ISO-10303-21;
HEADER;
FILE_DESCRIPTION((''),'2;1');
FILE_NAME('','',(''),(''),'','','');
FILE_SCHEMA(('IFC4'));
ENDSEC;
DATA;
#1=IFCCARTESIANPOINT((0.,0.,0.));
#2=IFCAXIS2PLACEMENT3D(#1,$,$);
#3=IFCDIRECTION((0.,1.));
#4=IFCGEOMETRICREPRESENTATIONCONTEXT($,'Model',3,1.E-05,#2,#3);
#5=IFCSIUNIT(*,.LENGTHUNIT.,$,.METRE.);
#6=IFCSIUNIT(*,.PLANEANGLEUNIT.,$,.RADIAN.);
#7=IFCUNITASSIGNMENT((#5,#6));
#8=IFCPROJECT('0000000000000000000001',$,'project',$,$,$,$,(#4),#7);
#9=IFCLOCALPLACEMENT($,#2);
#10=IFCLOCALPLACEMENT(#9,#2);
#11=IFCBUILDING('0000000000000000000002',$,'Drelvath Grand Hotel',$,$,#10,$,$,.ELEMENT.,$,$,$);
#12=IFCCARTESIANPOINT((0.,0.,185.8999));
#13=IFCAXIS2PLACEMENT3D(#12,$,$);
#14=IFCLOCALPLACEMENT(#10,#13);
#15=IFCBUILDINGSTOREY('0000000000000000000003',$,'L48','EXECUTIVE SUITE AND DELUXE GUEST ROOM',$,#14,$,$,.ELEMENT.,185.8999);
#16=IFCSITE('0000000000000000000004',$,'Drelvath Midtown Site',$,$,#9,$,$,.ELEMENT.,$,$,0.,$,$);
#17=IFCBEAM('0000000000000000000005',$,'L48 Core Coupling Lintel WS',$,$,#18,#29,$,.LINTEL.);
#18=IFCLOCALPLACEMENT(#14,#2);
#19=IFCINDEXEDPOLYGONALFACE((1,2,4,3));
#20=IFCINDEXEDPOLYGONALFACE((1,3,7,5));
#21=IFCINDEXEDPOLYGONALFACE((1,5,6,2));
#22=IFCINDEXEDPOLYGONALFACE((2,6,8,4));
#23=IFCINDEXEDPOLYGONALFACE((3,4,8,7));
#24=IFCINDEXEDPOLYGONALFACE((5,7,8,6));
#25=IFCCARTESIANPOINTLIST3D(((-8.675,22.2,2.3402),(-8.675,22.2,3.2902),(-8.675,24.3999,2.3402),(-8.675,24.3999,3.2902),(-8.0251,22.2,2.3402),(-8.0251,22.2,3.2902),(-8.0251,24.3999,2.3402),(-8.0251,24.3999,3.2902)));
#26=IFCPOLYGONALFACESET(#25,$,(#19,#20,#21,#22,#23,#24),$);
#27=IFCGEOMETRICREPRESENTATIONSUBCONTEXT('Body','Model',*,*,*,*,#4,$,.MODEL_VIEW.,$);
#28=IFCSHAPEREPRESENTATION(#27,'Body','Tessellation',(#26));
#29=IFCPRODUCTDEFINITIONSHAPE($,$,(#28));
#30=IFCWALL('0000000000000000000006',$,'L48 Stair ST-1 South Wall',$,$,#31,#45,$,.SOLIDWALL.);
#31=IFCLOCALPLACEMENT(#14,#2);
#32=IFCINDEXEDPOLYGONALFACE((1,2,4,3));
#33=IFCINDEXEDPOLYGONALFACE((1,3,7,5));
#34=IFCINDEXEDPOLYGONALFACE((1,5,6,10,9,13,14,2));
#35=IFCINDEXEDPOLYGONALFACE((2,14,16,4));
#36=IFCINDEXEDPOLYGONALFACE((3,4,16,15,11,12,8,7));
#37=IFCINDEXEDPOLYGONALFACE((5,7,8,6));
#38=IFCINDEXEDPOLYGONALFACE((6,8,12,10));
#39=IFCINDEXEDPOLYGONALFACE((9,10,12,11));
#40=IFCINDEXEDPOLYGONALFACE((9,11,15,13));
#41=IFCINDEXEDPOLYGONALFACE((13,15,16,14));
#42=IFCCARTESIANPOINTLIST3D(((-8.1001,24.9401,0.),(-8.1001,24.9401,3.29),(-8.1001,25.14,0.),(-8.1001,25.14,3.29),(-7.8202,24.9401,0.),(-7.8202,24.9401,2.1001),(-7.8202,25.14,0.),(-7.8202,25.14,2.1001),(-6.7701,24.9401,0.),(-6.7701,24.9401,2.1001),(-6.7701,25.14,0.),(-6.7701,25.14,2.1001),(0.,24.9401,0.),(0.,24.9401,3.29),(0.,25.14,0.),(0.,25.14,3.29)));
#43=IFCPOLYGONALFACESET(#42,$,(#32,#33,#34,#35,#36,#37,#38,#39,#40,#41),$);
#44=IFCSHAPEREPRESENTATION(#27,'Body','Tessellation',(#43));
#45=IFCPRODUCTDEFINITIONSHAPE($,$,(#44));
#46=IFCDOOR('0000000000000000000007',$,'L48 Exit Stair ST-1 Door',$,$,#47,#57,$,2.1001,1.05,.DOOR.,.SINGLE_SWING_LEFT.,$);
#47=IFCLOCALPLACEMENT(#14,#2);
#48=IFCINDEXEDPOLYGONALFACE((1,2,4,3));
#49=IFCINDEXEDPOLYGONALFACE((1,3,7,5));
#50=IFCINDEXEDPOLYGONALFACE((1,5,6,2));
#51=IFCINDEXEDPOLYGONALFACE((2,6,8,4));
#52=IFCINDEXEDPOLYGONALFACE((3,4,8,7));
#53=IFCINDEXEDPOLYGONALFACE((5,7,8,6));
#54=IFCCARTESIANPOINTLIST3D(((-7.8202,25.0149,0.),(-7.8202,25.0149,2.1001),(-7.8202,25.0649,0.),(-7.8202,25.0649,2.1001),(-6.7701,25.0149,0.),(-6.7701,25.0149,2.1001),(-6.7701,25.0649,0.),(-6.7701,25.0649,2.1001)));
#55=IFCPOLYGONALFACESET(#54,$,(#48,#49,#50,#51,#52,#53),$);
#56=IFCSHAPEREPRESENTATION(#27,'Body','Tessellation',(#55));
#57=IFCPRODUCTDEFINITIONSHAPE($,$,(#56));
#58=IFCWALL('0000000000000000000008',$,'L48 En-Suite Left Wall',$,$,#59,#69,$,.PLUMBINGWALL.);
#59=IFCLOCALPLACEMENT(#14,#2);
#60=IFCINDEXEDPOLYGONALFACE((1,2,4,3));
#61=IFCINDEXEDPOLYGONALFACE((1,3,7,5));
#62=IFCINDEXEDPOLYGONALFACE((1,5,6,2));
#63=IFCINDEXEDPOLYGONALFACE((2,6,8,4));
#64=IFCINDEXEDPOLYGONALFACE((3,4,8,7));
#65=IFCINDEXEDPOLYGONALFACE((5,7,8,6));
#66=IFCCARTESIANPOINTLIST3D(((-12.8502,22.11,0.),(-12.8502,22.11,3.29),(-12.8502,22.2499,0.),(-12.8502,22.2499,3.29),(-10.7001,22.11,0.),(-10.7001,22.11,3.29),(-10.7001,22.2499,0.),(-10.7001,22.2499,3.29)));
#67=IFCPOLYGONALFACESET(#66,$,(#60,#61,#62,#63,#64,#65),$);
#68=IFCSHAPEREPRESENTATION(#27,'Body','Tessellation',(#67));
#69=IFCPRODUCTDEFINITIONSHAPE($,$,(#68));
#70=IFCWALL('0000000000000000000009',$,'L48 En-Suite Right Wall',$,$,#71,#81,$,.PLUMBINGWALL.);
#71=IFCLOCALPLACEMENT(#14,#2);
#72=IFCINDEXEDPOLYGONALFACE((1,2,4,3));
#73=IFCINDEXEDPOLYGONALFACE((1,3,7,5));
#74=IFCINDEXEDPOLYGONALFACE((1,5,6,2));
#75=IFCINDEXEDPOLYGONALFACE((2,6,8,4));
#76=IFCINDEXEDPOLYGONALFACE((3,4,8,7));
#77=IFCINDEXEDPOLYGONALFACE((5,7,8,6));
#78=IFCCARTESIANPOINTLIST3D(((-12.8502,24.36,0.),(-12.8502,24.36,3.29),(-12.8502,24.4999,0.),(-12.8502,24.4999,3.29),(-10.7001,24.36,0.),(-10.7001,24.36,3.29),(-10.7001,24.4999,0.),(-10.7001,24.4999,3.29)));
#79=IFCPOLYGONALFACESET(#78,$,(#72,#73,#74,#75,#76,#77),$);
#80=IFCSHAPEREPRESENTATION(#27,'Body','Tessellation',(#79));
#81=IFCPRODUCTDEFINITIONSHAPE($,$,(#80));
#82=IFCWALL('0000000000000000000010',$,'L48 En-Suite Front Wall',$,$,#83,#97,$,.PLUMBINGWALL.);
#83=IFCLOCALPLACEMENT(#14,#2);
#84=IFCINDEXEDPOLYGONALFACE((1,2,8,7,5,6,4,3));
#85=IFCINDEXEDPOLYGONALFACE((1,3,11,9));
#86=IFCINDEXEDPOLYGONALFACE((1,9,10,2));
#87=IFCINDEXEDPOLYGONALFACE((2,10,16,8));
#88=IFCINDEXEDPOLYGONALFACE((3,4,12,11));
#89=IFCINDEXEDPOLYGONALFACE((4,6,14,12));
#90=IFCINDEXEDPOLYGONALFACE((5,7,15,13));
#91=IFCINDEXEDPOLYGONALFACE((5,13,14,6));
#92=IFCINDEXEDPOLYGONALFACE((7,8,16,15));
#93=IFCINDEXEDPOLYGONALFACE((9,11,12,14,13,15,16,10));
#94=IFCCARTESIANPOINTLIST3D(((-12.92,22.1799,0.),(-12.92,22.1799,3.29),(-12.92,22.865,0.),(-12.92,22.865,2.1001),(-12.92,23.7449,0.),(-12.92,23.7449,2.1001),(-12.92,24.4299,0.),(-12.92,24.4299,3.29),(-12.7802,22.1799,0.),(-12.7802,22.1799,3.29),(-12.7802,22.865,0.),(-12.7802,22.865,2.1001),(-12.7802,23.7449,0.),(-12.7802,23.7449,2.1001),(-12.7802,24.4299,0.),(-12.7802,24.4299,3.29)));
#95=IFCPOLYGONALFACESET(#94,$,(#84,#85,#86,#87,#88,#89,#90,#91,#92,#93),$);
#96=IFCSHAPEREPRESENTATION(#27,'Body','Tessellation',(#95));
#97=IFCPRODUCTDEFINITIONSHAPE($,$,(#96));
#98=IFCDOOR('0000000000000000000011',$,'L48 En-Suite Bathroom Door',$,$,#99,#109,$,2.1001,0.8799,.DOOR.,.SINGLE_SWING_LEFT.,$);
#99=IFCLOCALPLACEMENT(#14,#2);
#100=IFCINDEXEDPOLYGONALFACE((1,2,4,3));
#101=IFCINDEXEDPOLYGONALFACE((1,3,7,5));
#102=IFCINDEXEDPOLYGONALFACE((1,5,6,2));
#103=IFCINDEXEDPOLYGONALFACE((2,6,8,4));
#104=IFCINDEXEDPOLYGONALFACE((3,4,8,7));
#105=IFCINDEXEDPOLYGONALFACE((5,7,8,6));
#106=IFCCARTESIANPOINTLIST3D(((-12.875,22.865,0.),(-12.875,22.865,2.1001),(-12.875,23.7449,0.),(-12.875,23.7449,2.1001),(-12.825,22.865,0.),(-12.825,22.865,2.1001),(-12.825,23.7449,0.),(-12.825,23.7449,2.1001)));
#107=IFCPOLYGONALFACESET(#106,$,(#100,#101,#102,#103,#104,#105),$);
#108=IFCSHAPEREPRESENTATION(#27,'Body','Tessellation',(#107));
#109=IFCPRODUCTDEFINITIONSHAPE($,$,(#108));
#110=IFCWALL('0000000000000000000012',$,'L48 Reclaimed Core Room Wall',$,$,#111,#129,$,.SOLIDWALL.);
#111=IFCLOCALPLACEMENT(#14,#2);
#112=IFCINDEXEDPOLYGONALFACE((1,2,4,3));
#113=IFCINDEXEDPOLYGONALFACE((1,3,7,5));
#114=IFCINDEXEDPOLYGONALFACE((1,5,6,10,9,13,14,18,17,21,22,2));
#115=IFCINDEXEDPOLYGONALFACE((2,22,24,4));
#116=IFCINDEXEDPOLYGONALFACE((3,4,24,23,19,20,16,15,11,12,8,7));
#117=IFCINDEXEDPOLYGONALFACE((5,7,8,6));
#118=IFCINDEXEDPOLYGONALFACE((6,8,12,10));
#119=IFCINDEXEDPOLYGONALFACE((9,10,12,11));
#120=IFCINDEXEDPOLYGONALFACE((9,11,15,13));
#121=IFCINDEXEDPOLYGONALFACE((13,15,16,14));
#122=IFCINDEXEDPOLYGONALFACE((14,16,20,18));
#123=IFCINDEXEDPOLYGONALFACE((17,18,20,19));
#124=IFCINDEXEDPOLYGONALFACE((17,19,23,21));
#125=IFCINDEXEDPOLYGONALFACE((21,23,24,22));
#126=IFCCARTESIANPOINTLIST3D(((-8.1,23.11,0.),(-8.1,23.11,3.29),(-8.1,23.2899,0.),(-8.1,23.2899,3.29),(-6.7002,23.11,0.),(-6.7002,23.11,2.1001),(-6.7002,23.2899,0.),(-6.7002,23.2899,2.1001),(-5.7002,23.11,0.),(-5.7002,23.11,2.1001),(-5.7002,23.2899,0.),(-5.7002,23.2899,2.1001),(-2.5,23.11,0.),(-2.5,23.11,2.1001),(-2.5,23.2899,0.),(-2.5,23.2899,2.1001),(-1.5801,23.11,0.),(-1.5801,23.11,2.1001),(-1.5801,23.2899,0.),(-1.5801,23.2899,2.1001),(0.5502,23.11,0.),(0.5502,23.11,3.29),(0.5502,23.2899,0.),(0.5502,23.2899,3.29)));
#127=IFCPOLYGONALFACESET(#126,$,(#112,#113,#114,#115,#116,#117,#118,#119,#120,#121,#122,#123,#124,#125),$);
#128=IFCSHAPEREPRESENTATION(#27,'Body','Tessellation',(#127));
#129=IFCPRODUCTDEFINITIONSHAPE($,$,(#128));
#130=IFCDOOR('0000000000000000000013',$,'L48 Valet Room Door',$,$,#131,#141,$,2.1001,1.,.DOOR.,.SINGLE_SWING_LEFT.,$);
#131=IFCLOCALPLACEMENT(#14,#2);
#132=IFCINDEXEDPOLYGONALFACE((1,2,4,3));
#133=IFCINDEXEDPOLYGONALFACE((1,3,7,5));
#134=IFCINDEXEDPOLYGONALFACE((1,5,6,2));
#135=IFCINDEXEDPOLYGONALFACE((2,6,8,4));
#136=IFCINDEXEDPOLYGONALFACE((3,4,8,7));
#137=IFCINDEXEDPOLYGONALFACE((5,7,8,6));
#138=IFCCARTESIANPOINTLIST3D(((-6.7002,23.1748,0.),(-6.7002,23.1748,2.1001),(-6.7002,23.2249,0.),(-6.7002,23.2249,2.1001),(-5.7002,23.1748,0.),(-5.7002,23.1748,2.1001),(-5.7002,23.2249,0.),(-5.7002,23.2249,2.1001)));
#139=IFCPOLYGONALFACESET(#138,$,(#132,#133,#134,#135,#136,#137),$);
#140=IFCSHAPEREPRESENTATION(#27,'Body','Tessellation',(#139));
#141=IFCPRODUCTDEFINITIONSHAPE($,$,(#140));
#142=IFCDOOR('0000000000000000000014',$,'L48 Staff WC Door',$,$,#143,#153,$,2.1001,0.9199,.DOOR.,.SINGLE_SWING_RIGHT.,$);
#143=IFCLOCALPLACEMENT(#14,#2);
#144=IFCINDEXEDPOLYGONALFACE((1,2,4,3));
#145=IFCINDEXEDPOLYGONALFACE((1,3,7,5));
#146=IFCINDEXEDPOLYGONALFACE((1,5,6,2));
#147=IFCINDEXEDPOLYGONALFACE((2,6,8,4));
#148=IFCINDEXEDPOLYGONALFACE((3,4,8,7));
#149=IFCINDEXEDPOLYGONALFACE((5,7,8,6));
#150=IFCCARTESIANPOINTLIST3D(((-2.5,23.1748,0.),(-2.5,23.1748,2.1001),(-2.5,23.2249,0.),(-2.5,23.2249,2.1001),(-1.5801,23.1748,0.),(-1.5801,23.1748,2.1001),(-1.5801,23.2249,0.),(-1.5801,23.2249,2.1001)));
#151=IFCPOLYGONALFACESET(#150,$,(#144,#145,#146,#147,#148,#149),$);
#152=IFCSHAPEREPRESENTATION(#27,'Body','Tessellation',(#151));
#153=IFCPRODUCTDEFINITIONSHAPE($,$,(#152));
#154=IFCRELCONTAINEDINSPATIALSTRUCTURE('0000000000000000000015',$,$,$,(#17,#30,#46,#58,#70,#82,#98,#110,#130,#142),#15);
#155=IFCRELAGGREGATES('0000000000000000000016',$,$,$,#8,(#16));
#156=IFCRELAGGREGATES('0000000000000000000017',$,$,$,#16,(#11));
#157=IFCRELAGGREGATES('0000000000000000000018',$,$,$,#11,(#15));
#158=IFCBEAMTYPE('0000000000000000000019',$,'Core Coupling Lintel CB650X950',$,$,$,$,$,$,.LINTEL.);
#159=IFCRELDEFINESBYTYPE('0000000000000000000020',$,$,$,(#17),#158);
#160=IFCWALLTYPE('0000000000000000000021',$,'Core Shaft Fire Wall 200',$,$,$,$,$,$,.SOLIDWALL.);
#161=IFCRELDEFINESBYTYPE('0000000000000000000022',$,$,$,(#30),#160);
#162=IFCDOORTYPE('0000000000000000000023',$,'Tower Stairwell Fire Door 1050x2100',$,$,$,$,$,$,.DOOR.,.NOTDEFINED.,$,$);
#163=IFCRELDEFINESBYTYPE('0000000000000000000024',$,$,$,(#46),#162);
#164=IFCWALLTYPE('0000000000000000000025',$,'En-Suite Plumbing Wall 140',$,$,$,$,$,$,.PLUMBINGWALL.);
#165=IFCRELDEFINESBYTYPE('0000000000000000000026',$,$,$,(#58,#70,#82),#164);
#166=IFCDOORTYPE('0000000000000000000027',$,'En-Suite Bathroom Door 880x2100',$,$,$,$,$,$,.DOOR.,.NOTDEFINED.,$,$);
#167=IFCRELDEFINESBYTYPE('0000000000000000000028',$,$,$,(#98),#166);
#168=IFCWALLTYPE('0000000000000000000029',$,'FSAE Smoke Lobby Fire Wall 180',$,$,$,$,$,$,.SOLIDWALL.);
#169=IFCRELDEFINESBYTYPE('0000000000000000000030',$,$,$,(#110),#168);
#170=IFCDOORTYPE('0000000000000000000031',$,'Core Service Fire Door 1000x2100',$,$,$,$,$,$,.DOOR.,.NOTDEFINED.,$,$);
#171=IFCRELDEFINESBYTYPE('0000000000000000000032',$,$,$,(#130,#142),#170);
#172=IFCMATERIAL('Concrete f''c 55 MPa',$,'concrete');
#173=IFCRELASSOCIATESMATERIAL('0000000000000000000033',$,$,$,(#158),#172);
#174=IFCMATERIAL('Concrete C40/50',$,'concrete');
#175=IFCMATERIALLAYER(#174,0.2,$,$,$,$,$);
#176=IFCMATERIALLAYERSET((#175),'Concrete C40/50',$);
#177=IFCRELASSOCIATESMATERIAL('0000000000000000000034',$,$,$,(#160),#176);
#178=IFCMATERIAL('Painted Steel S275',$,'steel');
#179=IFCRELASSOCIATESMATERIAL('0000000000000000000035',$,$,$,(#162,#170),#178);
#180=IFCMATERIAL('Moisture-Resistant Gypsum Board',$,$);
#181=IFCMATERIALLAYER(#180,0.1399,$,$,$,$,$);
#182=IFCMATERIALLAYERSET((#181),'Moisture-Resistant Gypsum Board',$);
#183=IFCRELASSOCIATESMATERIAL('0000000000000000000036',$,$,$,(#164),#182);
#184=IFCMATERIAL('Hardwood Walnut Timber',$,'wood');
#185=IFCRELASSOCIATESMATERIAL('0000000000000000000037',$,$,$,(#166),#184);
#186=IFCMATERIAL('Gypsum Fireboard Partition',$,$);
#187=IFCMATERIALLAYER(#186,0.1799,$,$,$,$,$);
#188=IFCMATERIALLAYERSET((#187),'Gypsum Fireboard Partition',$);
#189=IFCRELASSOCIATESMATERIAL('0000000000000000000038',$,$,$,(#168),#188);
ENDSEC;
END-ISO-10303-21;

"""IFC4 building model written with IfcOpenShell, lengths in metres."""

from ifc_helpers import new_model, si_unit, direction, frame, frame_2d, origin, origin_2d, place, context, subcontext, project, spatial, rectangle, extrude, material, layer, layer_set, material_profile, profile_set, type_object, element, fill, save


model = new_model("IFC4")

# Units and contexts
model_context = context("Model", 3, precision=1e-05, world=origin(), true_north=direction((0.0, 1.0)))
body_context = subcontext(model_context, "Body", "Model", "MODEL_VIEW")
ifc_project = project(units=[si_unit("LENGTHUNIT", "METRE"), si_unit("PLANEANGLEUNIT", "RADIAN")], contexts=[model_context])

# Site, building, storey
site_placement = place(None, origin())
site = spatial("IfcSite", under=ifc_project, at=site_placement, Name="Drelvath Midtown Site", CompositionType="ELEMENT", RefElevation=0.0)
building_placement = place(site_placement, origin())
building = spatial("IfcBuilding", under=site, at=building_placement, Name="Drelvath Grand Hotel", CompositionType="ELEMENT")
storey_placement = place(building_placement, frame((0.0, 0.0, 185.8999)))
storey = spatial("IfcBuildingStorey", under=building, at=storey_placement, Name="L48", Description="EXECUTIVE SUITE AND DELUXE GUEST ROOM", CompositionType="ELEMENT", Elevation=185.8999)

# Beam
ifc_material_1 = material(Name="Concrete f'c 55 MPa", Category="concrete")
ifc_material_profile = material_profile(ifc_material_1, rectangle(XDim=0.6499, YDim=0.95, at=origin_2d()), Name="CB650X950")
ifc_profile_set = profile_set([ifc_material_profile], Name="Concrete f'c 55 MPa")
beam_type = type_object("IfcBeamType", Name="Core Coupling Lintel CB650X950", PredefinedType="LINTEL", material=ifc_profile_set)
beam_placement = place(storey_placement, frame((-8.3501, 22.2, 2.8152), z_axis=(0.0, 1.0, 0.0), x_axis=(-1.0, 0.0, 0.0)))
element("IfcBeam", 1, at=beam_placement, inside=storey, type_object=beam_type, Name="L48 Core Coupling Lintel WS", PredefinedType="LINTEL", context=body_context, shape_type="SweptSolid", body=[
    extrude(rectangle(XDim=0.6499, YDim=0.95, at=origin_2d()), origin(), (0.0, 0.0, 1.0), 2.2),
])

# Wall, opening, door
ifc_material_2 = material(Name="Concrete C40/50", Category="concrete")
ifc_layer_1 = layer(ifc_material_2, 0.2)
ifc_layer_set_1 = layer_set([ifc_layer_1], Name="Concrete C40/50")
wall_type_1 = type_object("IfcWallType", Name="Core Shaft Fire Wall 200", PredefinedType="SOLIDWALL", material=ifc_layer_set_1)
wall_1_placement = place(storey_placement, frame((-8.1001, 25.04, 0.0), z_axis=(0.0, 0.0, 1.0), x_axis=(1.0, 0.0, 0.0)))
wall_1 = element("IfcWall", 2, at=wall_1_placement, inside=storey, type_object=wall_type_1, Name="L48 Stair ST-1 South Wall", PredefinedType="SOLIDWALL", context=body_context, shape_type="SweptSolid", body=[
    extrude(rectangle(XDim=8.1001, YDim=0.2, at=frame_2d((4.05, 0.0))), origin(), (0.0, 0.0, 1.0), 3.29),
])
opening_1_placement = place(wall_1_placement, frame((0.28, 0.0, 0.0)))
opening_1 = element("IfcOpeningElement", 3, at=opening_1_placement, cuts=wall_1, PredefinedType="OPENING", context=body_context, shape_type="SweptSolid", body=[
    extrude(rectangle(XDim=1.05, YDim=2.1001, at=frame_2d((0.5249, 1.05))), frame((0.0, 0.1099, 0.0), z_axis=(0.0, -1.0, 0.0), x_axis=(1.0, 0.0, 0.0)), (0.0, 0.0, 1.0), 0.22),
])
ifc_material_3 = material(Name="Painted Steel S275", Category="steel")
door_type_1 = type_object("IfcDoorType", Name="Tower Stairwell Fire Door 1050x2100", OperationType="NOTDEFINED", PredefinedType="DOOR", material=ifc_material_3)
door_1_placement = place(opening_1_placement, origin())
door_1 = element("IfcDoor", 4, at=door_1_placement, inside=storey, type_object=door_type_1, Name="L48 Exit Stair ST-1 Door", OperationType="SINGLE_SWING_LEFT", OverallHeight=2.1001, OverallWidth=1.05, PredefinedType="DOOR", context=body_context, shape_type="SweptSolid", body=[
    extrude(rectangle(XDim=1.05, YDim=2.1001, at=frame_2d((0.5249, 1.05))), frame((0.0, 0.0249, 0.0), z_axis=(0.0, -1.0, 0.0), x_axis=(1.0, 0.0, 0.0)), (0.0, 0.0, 1.0), 0.05),
])
fill(opening_1, door_1)

# Walls
ifc_material_4 = material(Name="Moisture-Resistant Gypsum Board")
ifc_layer_2 = layer(ifc_material_4, 0.1399)
ifc_layer_set_2 = layer_set([ifc_layer_2], Name="Moisture-Resistant Gypsum Board")
wall_type_2 = type_object("IfcWallType", Name="En-Suite Plumbing Wall 140", PredefinedType="PLUMBINGWALL", material=ifc_layer_set_2)
for number, where, z_axis, x_axis, name in (
    (5, (-10.7, 22.1799, 0.0), (0.0, 0.0, 1.0), (-1.0, 0.0, 0.0), "L48 En-Suite Left Wall"),
    (6, (-10.7, 24.4299, 0.0), (0.0, 0.0, 1.0), (-1.0, 0.0, 0.0), "L48 En-Suite Right Wall"),
):
    element("IfcWall", number, at=place(storey_placement, frame(where, z_axis=z_axis, x_axis=x_axis)), inside=storey, type_object=wall_type_2, Name=name, PredefinedType="PLUMBINGWALL", context=body_context, shape_type="SweptSolid", body=[
        extrude(rectangle(XDim=2.1501, YDim=0.1399, at=frame_2d((1.0752, 0.0))), origin(), (0.0, 0.0, 1.0), 3.29),
    ])

# Wall, opening, door
wall_2_placement = place(storey_placement, frame((-12.8501, 22.1799, 0.0), z_axis=(0.0, 0.0, 1.0), x_axis=(0.0, 1.0, 0.0)))
wall_2 = element("IfcWall", 7, at=wall_2_placement, inside=storey, type_object=wall_type_2, Name="L48 En-Suite Front Wall", PredefinedType="PLUMBINGWALL", context=body_context, shape_type="SweptSolid", body=[
    extrude(rectangle(XDim=2.25, YDim=0.1399, at=frame_2d((1.125, 0.0))), origin(), (0.0, 0.0, 1.0), 3.29),
])
opening_2_placement = place(wall_2_placement, frame((0.6851, 0.0, 0.0)))
opening_2 = element("IfcOpeningElement", 8, at=opening_2_placement, cuts=wall_2, PredefinedType="OPENING", context=body_context, shape_type="SweptSolid", body=[
    extrude(rectangle(XDim=0.8799, YDim=2.1001, at=frame_2d((0.4399, 1.05))), frame((0.0, 0.0798, 0.0), z_axis=(0.0, -1.0, 0.0), x_axis=(1.0, 0.0, 0.0)), (0.0, 0.0, 1.0), 0.1599),
])
ifc_material_5 = material(Name="Hardwood Walnut Timber", Category="wood")
door_type_2 = type_object("IfcDoorType", Name="En-Suite Bathroom Door 880x2100", OperationType="NOTDEFINED", PredefinedType="DOOR", material=ifc_material_5)
door_2_placement = place(opening_2_placement, origin())
door_2 = element("IfcDoor", 9, at=door_2_placement, inside=storey, type_object=door_type_2, Name="L48 En-Suite Bathroom Door", OperationType="SINGLE_SWING_LEFT", OverallHeight=2.1001, OverallWidth=0.8799, PredefinedType="DOOR", context=body_context, shape_type="SweptSolid", body=[
    extrude(rectangle(XDim=0.8799, YDim=2.1001, at=frame_2d((0.4399, 1.05))), frame((0.0, 0.0249, 0.0), z_axis=(0.0, -1.0, 0.0), x_axis=(1.0, 0.0, 0.0)), (0.0, 0.0, 1.0), 0.05),
])
fill(opening_2, door_2)

# Wall, openings, doors
ifc_material_6 = material(Name="Gypsum Fireboard Partition")
ifc_layer_3 = layer(ifc_material_6, 0.1799)
ifc_layer_set_3 = layer_set([ifc_layer_3], Name="Gypsum Fireboard Partition")
wall_type_3 = type_object("IfcWallType", Name="FSAE Smoke Lobby Fire Wall 180", PredefinedType="SOLIDWALL", material=ifc_layer_set_3)
wall_3_placement = place(storey_placement, frame((-8.1001, 23.2, 0.0), z_axis=(0.0, 0.0, 1.0), x_axis=(1.0, 0.0, 0.0)))
wall_3 = element("IfcWall", 10, at=wall_3_placement, inside=storey, type_object=wall_type_3, Name="L48 Reclaimed Core Room Wall", PredefinedType="SOLIDWALL", context=body_context, shape_type="SweptSolid", body=[
    extrude(rectangle(XDim=8.6501, YDim=0.1799, at=frame_2d((4.3252, 0.0))), origin(), (0.0, 0.0, 1.0), 3.29),
])
opening_3_placement = place(wall_3_placement, frame((1.3999, 0.0, 0.0)))
opening_3 = element("IfcOpeningElement", 11, at=opening_3_placement, cuts=wall_3, PredefinedType="OPENING", context=body_context, shape_type="SweptSolid", body=[
    extrude(rectangle(XDim=1.0, YDim=2.1001, at=frame_2d((0.5, 1.05))), frame((0.0, 0.0999, 0.0), z_axis=(0.0, -1.0, 0.0), x_axis=(1.0, 0.0, 0.0)), (0.0, 0.0, 1.0), 0.2),
])
opening_4_placement = place(wall_3_placement, frame((5.6001, 0.0, 0.0)))
opening_4 = element("IfcOpeningElement", 12, at=opening_4_placement, cuts=wall_3, PredefinedType="OPENING", context=body_context, shape_type="SweptSolid", body=[
    extrude(rectangle(XDim=0.9199, YDim=2.1001, at=frame_2d((0.46, 1.05))), frame((0.0, 0.0999, 0.0), z_axis=(0.0, -1.0, 0.0), x_axis=(1.0, 0.0, 0.0)), (0.0, 0.0, 1.0), 0.2),
])
door_type_3 = type_object("IfcDoorType", Name="Core Service Fire Door 1000x2100", OperationType="NOTDEFINED", PredefinedType="DOOR", material=ifc_material_3)
door_3_placement = place(opening_3_placement, origin())
door_3 = element("IfcDoor", 13, at=door_3_placement, inside=storey, type_object=door_type_3, Name="L48 Valet Room Door", OperationType="SINGLE_SWING_LEFT", OverallHeight=2.1001, OverallWidth=1.0, PredefinedType="DOOR", context=body_context, shape_type="SweptSolid", body=[
    extrude(rectangle(XDim=1.0, YDim=2.1001, at=frame_2d((0.5, 1.05))), frame((0.0, 0.0249, 0.0), z_axis=(0.0, -1.0, 0.0), x_axis=(1.0, 0.0, 0.0)), (0.0, 0.0, 1.0), 0.05),
])
fill(opening_3, door_3)
door_4_placement = place(opening_4_placement, origin())
door_4 = element("IfcDoor", 14, at=door_4_placement, inside=storey, type_object=door_type_3, Name="L48 Staff WC Door", OperationType="SINGLE_SWING_RIGHT", OverallHeight=2.1001, OverallWidth=0.9199, PredefinedType="DOOR", context=body_context, shape_type="SweptSolid", body=[
    extrude(rectangle(XDim=0.9199, YDim=2.1001, at=frame_2d((0.46, 1.05))), frame((0.0, 0.0249, 0.0), z_axis=(0.0, -1.0, 0.0), x_axis=(1.0, 0.0, 0.0)), (0.0, 0.0, 1.0), 0.05),
])
fill(opening_4, door_4)

save(model, "model.ifc")
